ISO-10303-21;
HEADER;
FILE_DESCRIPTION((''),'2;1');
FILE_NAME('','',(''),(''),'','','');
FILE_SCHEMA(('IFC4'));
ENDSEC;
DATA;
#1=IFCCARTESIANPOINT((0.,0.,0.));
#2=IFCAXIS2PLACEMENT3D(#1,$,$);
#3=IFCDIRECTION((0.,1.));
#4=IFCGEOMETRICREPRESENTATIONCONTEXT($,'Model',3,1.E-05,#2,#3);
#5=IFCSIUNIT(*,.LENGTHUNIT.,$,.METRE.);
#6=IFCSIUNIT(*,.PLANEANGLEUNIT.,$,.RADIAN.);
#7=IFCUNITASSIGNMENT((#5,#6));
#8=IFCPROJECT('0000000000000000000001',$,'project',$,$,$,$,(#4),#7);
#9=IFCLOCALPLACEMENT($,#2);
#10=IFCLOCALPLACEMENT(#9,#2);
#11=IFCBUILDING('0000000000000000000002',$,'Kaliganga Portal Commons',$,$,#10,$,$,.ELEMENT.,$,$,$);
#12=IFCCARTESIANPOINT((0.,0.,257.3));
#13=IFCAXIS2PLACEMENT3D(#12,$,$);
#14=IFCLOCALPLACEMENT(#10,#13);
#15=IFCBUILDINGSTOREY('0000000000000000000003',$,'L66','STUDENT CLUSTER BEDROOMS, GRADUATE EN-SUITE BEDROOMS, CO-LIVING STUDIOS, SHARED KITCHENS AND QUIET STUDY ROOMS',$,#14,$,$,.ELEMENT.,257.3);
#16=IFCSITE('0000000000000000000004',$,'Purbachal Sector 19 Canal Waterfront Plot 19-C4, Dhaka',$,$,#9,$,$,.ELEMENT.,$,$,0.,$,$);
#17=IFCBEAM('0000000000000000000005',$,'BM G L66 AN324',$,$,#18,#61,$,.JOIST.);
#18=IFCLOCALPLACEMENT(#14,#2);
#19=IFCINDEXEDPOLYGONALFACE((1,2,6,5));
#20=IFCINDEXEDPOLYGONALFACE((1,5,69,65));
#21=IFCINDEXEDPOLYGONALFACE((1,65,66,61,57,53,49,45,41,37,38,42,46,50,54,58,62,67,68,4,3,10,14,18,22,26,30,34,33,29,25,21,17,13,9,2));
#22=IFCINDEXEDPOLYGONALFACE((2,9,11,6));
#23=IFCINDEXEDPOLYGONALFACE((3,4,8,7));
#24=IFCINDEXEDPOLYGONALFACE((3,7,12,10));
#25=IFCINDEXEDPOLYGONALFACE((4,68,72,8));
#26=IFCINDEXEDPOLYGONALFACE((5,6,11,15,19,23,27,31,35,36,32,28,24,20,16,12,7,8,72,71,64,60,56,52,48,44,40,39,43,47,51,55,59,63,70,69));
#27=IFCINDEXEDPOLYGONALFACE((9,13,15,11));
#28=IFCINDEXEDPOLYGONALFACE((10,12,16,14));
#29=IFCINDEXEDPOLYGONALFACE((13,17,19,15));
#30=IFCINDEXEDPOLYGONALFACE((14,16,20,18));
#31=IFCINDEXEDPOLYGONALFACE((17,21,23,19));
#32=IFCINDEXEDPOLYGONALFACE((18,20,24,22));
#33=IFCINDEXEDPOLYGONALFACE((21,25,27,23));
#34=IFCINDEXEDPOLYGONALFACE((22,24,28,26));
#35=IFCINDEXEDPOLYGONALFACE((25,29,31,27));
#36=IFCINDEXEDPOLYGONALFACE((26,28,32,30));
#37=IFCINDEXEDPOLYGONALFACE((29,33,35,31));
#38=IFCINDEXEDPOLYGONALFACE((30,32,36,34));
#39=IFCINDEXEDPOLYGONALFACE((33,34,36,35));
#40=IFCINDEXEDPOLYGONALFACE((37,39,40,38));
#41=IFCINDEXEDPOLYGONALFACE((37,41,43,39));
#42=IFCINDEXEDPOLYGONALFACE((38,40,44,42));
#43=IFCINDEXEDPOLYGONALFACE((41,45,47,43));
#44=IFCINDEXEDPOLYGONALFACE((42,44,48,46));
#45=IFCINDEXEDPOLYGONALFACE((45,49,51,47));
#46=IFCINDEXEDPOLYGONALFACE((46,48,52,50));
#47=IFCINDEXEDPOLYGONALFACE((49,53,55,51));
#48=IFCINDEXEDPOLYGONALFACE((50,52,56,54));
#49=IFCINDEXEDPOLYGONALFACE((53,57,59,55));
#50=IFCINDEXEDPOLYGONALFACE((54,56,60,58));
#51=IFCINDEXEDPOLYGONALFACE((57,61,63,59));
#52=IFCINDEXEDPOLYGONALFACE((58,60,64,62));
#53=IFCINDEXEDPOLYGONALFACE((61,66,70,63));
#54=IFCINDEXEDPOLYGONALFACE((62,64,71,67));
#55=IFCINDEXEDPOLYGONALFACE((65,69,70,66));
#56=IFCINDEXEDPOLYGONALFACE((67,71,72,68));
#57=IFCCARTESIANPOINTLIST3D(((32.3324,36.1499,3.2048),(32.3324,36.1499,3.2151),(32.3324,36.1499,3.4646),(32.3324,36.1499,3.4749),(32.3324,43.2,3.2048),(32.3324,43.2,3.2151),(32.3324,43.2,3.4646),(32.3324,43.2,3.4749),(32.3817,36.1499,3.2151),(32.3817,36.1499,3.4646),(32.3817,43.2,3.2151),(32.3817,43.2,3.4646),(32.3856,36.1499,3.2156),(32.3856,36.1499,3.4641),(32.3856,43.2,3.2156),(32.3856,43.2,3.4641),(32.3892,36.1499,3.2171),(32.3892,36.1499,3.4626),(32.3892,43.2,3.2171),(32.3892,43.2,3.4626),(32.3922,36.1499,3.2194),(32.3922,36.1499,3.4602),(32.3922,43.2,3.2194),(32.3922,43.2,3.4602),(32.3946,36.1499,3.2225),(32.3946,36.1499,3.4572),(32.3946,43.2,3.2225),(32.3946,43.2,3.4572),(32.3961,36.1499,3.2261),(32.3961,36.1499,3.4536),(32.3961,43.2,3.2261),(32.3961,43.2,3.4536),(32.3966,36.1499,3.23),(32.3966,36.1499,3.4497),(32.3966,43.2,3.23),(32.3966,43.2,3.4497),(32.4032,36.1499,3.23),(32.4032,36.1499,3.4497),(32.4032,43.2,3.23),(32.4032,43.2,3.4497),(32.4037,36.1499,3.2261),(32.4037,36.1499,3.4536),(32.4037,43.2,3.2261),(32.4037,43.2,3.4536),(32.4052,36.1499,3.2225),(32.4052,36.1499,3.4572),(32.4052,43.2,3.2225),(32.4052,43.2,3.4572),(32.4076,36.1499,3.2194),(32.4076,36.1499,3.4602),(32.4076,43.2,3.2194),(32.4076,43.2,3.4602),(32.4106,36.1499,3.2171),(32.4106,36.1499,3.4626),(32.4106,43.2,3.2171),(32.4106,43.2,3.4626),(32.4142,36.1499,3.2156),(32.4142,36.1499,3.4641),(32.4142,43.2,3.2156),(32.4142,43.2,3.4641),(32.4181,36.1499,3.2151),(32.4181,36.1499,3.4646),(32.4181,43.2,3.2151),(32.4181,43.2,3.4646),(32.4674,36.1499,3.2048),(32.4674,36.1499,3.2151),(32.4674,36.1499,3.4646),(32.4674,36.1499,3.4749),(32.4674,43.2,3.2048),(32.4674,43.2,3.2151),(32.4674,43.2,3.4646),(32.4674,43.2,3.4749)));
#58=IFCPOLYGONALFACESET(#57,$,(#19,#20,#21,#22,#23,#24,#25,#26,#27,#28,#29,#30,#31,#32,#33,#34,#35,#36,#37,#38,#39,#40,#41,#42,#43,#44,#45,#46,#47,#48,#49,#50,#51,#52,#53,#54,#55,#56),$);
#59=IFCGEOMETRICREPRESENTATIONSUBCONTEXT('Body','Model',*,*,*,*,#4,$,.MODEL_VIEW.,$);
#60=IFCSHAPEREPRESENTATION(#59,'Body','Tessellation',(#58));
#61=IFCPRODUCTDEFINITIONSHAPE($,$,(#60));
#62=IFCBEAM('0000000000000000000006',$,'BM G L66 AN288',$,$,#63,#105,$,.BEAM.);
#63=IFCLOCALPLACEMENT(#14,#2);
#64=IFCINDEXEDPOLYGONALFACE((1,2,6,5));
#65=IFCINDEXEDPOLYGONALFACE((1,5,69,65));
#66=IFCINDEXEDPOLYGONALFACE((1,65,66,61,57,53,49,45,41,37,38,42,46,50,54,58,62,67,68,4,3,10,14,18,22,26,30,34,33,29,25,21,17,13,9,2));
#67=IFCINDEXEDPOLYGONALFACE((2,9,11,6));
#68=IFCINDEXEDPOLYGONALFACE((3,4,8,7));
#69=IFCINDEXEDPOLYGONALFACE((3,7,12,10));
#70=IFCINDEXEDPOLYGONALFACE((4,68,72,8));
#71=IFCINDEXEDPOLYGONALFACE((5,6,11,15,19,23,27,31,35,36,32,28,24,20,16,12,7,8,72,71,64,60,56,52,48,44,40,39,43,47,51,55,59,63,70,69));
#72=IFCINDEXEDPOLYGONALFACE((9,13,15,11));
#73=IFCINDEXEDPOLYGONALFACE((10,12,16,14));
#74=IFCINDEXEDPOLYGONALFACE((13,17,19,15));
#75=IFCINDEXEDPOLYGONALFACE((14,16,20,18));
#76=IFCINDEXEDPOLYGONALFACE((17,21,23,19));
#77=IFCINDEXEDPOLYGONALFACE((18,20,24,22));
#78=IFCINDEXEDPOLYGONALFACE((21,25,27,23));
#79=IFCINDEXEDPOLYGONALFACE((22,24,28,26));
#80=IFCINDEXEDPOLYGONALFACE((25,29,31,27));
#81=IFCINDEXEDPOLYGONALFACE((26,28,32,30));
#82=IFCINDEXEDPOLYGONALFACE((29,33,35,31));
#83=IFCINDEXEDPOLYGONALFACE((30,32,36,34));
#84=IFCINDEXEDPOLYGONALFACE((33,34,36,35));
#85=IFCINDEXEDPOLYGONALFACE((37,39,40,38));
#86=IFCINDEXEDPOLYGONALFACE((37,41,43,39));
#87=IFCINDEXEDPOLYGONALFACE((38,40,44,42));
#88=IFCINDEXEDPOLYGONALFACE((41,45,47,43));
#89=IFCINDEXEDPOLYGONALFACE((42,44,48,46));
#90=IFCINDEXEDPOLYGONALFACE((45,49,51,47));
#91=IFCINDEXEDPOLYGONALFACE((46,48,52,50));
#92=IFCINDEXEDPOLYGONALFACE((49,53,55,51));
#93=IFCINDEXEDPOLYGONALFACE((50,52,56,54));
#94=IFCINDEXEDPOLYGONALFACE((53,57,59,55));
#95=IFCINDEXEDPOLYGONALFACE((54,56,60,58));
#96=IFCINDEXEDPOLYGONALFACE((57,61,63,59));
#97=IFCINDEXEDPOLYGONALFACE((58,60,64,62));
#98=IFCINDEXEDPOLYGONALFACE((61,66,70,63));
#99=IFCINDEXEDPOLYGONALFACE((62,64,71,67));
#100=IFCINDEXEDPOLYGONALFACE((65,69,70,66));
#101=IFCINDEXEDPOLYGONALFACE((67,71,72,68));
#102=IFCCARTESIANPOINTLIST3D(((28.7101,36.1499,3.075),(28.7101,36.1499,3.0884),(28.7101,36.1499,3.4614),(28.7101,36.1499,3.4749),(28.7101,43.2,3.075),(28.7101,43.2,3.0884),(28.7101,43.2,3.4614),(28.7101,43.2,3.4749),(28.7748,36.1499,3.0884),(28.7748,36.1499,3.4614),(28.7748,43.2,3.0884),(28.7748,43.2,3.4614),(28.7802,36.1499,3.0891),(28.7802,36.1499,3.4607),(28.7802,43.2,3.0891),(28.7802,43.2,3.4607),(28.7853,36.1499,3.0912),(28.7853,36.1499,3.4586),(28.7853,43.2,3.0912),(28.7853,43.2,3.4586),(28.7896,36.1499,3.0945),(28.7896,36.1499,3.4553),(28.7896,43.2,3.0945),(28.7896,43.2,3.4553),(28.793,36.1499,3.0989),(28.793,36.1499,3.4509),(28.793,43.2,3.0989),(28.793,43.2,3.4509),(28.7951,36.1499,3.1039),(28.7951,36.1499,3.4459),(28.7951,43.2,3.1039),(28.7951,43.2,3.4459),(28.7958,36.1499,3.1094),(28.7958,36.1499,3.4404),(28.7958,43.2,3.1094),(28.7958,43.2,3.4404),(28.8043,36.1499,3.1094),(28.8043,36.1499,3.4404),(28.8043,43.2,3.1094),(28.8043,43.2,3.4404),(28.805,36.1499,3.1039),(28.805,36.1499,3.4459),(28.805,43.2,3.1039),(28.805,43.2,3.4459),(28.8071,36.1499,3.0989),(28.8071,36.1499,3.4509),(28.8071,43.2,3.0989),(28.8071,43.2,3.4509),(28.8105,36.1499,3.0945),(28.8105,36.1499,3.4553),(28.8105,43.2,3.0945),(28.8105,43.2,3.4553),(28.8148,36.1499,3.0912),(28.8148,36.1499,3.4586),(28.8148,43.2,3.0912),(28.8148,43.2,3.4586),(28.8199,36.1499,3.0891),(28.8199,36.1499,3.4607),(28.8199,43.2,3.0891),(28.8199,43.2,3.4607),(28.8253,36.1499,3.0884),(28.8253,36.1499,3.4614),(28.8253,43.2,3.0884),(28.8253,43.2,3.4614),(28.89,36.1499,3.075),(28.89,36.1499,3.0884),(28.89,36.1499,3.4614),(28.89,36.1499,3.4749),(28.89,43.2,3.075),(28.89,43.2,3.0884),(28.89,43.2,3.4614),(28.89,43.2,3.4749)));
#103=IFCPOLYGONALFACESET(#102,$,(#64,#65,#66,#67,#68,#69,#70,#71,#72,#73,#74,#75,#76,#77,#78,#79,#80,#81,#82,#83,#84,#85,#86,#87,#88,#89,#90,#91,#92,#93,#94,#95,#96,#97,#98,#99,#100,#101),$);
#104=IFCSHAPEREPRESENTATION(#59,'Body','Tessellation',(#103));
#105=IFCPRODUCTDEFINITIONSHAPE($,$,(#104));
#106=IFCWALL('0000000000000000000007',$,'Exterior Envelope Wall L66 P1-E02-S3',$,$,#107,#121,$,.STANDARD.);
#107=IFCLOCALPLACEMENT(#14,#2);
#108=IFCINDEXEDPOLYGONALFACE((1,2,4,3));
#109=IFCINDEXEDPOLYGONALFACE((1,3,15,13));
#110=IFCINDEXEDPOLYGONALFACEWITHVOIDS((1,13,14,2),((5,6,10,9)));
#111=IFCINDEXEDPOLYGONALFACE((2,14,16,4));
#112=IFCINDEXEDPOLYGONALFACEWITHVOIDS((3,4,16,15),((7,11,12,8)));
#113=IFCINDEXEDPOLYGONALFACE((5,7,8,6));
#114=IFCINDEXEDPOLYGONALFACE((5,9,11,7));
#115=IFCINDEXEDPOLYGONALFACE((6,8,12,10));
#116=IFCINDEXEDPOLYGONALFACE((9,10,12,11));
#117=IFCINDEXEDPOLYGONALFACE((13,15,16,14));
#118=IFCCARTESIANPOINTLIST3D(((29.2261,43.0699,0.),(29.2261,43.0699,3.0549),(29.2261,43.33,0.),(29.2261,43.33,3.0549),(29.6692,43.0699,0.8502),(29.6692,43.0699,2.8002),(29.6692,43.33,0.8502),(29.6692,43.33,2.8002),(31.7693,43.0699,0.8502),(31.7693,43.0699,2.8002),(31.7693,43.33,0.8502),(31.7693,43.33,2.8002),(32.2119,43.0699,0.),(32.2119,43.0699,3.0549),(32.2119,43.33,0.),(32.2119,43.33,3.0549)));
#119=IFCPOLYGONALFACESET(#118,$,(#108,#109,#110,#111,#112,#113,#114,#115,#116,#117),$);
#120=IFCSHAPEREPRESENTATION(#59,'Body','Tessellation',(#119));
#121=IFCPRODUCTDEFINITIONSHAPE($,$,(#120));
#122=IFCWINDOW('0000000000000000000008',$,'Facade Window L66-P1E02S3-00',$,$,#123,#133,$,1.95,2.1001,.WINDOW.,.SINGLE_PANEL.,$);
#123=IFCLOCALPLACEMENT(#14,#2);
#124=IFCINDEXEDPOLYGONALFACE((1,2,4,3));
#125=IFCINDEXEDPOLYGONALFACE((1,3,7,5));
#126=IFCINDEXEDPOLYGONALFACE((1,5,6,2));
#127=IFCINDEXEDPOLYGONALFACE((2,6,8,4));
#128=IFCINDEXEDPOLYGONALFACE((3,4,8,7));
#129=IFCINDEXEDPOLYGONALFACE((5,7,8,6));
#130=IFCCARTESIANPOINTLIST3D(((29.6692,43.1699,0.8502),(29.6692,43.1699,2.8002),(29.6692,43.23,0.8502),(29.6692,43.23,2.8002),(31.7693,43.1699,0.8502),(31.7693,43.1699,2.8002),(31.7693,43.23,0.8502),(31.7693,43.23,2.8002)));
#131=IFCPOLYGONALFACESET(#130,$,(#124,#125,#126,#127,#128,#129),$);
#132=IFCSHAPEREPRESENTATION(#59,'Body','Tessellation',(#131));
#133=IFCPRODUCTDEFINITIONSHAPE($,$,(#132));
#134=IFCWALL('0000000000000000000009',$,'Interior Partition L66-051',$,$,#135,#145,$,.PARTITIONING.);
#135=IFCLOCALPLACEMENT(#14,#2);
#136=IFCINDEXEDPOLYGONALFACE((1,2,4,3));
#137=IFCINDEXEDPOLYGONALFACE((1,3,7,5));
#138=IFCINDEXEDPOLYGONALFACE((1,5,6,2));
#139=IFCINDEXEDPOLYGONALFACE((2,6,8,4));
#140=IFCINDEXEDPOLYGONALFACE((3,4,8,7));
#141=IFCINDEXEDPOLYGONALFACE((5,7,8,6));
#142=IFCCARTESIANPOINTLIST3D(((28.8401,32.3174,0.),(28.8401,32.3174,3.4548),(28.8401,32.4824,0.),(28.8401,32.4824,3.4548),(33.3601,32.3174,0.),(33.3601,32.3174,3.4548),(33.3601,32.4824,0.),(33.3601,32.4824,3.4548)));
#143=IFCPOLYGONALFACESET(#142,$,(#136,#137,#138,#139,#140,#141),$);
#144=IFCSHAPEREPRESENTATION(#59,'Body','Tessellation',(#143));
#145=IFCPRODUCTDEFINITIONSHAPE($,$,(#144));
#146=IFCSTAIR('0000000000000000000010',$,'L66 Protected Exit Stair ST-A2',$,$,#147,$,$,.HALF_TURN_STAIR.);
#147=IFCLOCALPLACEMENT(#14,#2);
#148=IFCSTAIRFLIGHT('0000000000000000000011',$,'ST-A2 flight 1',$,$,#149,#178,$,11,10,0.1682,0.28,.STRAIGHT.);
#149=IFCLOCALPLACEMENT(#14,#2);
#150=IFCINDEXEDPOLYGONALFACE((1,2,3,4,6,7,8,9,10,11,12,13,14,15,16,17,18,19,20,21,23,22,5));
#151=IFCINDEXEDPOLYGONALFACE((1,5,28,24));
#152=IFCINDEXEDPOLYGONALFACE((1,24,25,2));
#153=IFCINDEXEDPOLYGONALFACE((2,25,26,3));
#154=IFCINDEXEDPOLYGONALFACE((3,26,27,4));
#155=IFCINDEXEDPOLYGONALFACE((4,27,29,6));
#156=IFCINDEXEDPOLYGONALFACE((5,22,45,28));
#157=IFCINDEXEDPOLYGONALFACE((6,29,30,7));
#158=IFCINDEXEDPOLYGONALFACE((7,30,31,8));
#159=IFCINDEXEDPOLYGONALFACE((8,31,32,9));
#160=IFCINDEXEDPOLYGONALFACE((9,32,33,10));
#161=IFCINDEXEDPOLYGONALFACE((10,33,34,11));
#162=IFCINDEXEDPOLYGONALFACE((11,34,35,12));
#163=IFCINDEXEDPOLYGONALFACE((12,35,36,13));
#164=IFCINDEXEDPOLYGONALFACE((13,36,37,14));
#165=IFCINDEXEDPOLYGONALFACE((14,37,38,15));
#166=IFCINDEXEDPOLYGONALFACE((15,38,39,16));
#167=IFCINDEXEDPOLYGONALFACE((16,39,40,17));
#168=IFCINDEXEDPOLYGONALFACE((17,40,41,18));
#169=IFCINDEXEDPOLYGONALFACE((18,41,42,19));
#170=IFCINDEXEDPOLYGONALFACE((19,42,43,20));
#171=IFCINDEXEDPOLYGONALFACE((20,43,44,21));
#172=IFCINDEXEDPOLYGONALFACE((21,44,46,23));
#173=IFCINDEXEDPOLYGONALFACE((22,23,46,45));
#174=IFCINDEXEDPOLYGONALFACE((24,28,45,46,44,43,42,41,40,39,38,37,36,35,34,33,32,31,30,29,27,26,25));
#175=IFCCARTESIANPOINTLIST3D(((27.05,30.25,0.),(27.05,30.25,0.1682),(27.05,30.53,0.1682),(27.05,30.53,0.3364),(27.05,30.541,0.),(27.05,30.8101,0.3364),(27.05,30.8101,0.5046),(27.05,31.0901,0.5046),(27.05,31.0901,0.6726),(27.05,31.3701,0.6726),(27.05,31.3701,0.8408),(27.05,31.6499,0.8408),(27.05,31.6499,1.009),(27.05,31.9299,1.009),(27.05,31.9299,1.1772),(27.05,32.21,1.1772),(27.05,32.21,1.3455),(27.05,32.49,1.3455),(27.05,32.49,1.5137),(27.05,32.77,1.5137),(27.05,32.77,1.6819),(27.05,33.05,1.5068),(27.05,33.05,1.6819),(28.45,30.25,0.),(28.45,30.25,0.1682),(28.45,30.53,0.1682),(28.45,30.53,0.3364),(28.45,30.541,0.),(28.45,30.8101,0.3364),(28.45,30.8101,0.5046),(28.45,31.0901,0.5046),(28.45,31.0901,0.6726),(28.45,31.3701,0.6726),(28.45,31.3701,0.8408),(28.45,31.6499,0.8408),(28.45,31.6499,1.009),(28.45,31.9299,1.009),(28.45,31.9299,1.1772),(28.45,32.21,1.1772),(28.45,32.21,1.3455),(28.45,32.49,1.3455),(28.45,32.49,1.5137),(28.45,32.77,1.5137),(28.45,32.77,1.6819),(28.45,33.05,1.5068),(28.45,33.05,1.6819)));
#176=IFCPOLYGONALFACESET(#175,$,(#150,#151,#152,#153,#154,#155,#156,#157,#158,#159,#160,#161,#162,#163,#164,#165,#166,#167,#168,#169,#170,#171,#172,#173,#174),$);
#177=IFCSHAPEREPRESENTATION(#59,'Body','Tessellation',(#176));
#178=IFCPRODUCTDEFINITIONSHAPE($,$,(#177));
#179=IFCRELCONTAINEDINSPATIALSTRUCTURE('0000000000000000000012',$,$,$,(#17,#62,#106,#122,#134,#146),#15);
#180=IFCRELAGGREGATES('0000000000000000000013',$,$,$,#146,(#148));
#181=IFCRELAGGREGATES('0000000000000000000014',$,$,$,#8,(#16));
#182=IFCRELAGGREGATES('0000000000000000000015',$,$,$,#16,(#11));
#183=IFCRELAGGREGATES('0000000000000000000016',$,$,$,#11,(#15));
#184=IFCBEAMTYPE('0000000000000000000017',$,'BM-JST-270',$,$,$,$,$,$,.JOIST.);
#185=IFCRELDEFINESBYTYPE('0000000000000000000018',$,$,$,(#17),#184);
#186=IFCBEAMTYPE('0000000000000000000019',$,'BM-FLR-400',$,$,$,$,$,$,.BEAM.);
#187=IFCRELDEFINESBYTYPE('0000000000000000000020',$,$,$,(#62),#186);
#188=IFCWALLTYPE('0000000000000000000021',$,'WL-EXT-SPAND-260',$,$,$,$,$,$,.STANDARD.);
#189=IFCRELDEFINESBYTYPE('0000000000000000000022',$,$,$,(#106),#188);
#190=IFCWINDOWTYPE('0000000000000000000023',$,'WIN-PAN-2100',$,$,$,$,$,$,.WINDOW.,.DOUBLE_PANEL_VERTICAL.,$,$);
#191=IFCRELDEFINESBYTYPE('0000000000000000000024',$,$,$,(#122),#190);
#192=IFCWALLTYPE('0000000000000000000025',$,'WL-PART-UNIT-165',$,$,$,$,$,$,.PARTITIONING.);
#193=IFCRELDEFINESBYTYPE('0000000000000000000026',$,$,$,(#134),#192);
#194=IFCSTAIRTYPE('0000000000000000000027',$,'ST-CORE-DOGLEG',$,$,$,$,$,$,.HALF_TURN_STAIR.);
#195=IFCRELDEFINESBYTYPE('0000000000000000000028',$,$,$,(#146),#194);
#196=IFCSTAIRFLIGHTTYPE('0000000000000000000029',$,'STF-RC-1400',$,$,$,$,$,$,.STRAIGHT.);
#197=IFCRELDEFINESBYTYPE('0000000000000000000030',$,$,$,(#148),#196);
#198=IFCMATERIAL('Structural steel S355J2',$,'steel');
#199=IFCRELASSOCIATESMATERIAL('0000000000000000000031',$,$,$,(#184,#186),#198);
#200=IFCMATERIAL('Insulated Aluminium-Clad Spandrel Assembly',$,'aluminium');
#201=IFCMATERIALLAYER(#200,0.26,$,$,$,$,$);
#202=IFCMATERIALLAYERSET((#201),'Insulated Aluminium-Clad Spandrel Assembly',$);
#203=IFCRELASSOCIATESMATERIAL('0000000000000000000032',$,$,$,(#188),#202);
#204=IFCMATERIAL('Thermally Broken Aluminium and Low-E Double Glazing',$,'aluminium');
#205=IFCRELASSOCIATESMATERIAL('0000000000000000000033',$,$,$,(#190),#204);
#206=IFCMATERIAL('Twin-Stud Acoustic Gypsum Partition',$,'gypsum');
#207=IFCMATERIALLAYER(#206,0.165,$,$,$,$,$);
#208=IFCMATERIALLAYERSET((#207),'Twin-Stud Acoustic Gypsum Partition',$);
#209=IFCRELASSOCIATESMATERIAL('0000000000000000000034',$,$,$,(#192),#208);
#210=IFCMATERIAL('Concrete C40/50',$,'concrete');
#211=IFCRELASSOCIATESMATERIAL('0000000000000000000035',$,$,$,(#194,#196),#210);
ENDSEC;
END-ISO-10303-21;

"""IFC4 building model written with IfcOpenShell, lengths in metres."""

from ifc_helpers import new_model, si_unit, direction, frame, frame_2d, origin, origin_2d, place, context, subcontext, project, spatial, polyline, rectangle, i_section, outline, extrude, source, transform, mapped, material, layer, layer_set, material_profile, profile_set, type_object, element, fill, aggregate, save


model = new_model("IFC4")

# Units and contexts
model_context = context("Model", 3, precision=1e-05, world=origin(), true_north=direction((0.0, 1.0)))
body_context = subcontext(model_context, "Body", "Model", "MODEL_VIEW")
ifc_project = project(units=[si_unit("LENGTHUNIT", "METRE"), si_unit("PLANEANGLEUNIT", "RADIAN")], contexts=[model_context])

# Site, building, storey
site_placement = place(None, origin())
site = spatial("IfcSite", under=ifc_project, at=site_placement, Name="Purbachal Sector 19 Canal Waterfront Plot 19-C4, Dhaka", CompositionType="ELEMENT", RefElevation=0.0)
building_placement = place(site_placement, origin())
building = spatial("IfcBuilding", under=site, at=building_placement, Name="Kaliganga Portal Commons", CompositionType="ELEMENT")
storey_placement = place(building_placement, frame((0.0, 0.0, 257.3)))
storey = spatial("IfcBuildingStorey", under=building, at=storey_placement, Name="L66", Description="STUDENT CLUSTER BEDROOMS, GRADUATE EN-SUITE BEDROOMS, CO-LIVING STUDIOS, SHARED KITCHENS AND QUIET STUDY ROOMS", CompositionType="ELEMENT", Elevation=257.3)

# Shared definitions
ifc_material_1 = material(Name="Structural steel S355J2", Category="steel")

# Beams
ifc_material_profile_1 = material_profile(ifc_material_1, i_section(OverallWidth=0.135, OverallDepth=0.27, WebThickness=0.0066, FlangeThickness=0.0103, FilletRadius=0.0149, at=origin_2d()), Name="IPE 270")
ifc_profile_set_1 = profile_set([ifc_material_profile_1], Name="Structural steel S355J2 wide-flange")
beam_type_1 = type_object("IfcBeamType", Name="BM-JST-270", PredefinedType="JOIST", material=ifc_profile_set_1)
shared_shape_1 = source(origin(), body_context, "Body", "SweptSolid", [
    extrude(i_section(OverallWidth=0.135, OverallDepth=0.27, WebThickness=0.0066, FlangeThickness=0.0103, FilletRadius=0.0149, at=origin_2d()), origin(), (0.0, 0.0, 1.0), 7.05),
])
beam_1_placement = place(storey_placement, frame((32.3999, 36.1499, 3.3398), z_axis=(0.0, 1.0, 0.0), x_axis=(-1.0, 0.0, 0.0)))
element("IfcBeam", 1, at=beam_1_placement, inside=storey, type_object=beam_type_1, Name="BM G L66 AN324", PredefinedType="JOIST", context=body_context, shape_type="MappedRepresentation", body=[
    mapped(shared_shape_1, transform((0.0, 0.0, 0.0), x_axis=(1.0, 0.0, 0.0), y_axis=(0.0, 1.0, 0.0), z_axis=(0.0, 0.0, 1.0), scale=1.0)),
])
ifc_material_profile_2 = material_profile(ifc_material_1, i_section(OverallWidth=0.1799, OverallDepth=0.3999, WebThickness=0.0085, FlangeThickness=0.0134, FilletRadius=0.021, at=origin_2d()), Name="IPE 400")
ifc_profile_set_2 = profile_set([ifc_material_profile_2], Name="Structural steel S355J2 wide-flange")
beam_type_2 = type_object("IfcBeamType", Name="BM-FLR-400", PredefinedType="BEAM", material=ifc_profile_set_2)
shared_shape_2 = source(origin(), body_context, "Body", "SweptSolid", [
    extrude(i_section(OverallWidth=0.1799, OverallDepth=0.3999, WebThickness=0.0085, FlangeThickness=0.0134, FilletRadius=0.021, at=origin_2d()), origin(), (0.0, 0.0, 1.0), 7.05),
])
beam_2_placement = place(storey_placement, frame((28.8, 36.1499, 3.2749), z_axis=(0.0, 1.0, 0.0), x_axis=(-1.0, 0.0, 0.0)))
element("IfcBeam", 2, at=beam_2_placement, inside=storey, type_object=beam_type_2, Name="BM G L66 AN288", PredefinedType="BEAM", context=body_context, shape_type="MappedRepresentation", body=[
    mapped(shared_shape_2, transform((0.0, 0.0, 0.0), x_axis=(1.0, 0.0, 0.0), y_axis=(0.0, 1.0, 0.0), z_axis=(0.0, 0.0, 1.0), scale=1.0)),
])

# Wall, opening, window
ifc_material_2 = material(Name="Insulated Aluminium-Clad Spandrel Assembly", Category="aluminium")
ifc_layer_1 = layer(ifc_material_2, 0.26)
ifc_layer_set_1 = layer_set([ifc_layer_1], Name="Insulated Aluminium-Clad Spandrel Assembly")
wall_type_1 = type_object("IfcWallType", Name="WL-EXT-SPAND-260", PredefinedType="STANDARD", material=ifc_layer_set_1)
wall_1_placement = place(storey_placement, frame((29.2261, 43.2, 0.0), z_axis=(0.0, 0.0, 1.0), x_axis=(1.0, 0.0, 0.0)))
wall_1 = element("IfcWall", 3, at=wall_1_placement, inside=storey, type_object=wall_type_1, Name="Exterior Envelope Wall L66 P1-E02-S3", PredefinedType="STANDARD", context=body_context, shape_type="SweptSolid", body=[
    extrude(rectangle(XDim=2.9858, YDim=0.26, at=frame_2d((1.4929, 0.0))), origin(), (0.0, 0.0, 1.0), 3.0549),
])
opening_1_placement = place(wall_1_placement, frame((0.4431, 0.0, 0.8501)))
opening_1 = element("IfcOpeningElement", 4, at=opening_1_placement, cuts=wall_1, PredefinedType="OPENING", context=body_context, shape_type="SweptSolid", body=[
    extrude(rectangle(XDim=2.1001, YDim=1.95, at=frame_2d((1.05, 0.9751))), frame((0.0, 0.1401, 0.0), z_axis=(0.0, -1.0, 0.0), x_axis=(1.0, 0.0, 0.0)), (0.0, 0.0, 1.0), 0.28),
])
ifc_material_3 = material(Name="Thermally Broken Aluminium and Low-E Double Glazing", Category="aluminium")
window_type = type_object("IfcWindowType", Name="WIN-PAN-2100", PartitioningType="DOUBLE_PANEL_VERTICAL", PredefinedType="WINDOW", material=ifc_material_3)
window_placement = place(opening_1_placement, origin())
window = element("IfcWindow", 5, at=window_placement, inside=storey, type_object=window_type, Name="Facade Window L66-P1E02S3-00", OverallHeight=1.95, OverallWidth=2.1001, PartitioningType="SINGLE_PANEL", PredefinedType="WINDOW", context=body_context, shape_type="SweptSolid", body=[
    extrude(rectangle(XDim=2.1001, YDim=1.95, at=frame_2d((1.05, 0.9751))), frame((0.0, 0.03, 0.0), z_axis=(0.0, -1.0, 0.0), x_axis=(1.0, 0.0, 0.0)), (0.0, 0.0, 1.0), 0.0601),
])
fill(opening_1, window)

# Wall
ifc_material_4 = material(Name="Twin-Stud Acoustic Gypsum Partition", Category="gypsum")
ifc_layer_2 = layer(ifc_material_4, 0.165)
ifc_layer_set_2 = layer_set([ifc_layer_2], Name="Twin-Stud Acoustic Gypsum Partition")
wall_type_2 = type_object("IfcWallType", Name="WL-PART-UNIT-165", PredefinedType="PARTITIONING", material=ifc_layer_set_2)
wall_2_placement = place(storey_placement, frame((28.8401, 32.3999, 0.0), z_axis=(0.0, 0.0, 1.0), x_axis=(1.0, 0.0, 0.0)))
element("IfcWall", 6, at=wall_2_placement, inside=storey, type_object=wall_type_2, Name="Interior Partition L66-051", PredefinedType="PARTITIONING", context=body_context, shape_type="SweptSolid", body=[
    extrude(rectangle(XDim=4.52, YDim=0.165, at=frame_2d((2.26, 0.0))), origin(), (0.0, 0.0, 1.0), 3.4548),
])

# Stair, stair flight
ifc_material_5 = material(Name="Concrete C40/50", Category="concrete")
stair_type = type_object("IfcStairType", Name="ST-CORE-DOGLEG", PredefinedType="HALF_TURN_STAIR", material=ifc_material_5)
stair_placement = place(storey_placement, origin())
stair = element("IfcStair", 7, at=stair_placement, inside=storey, type_object=stair_type, Name="L66 Protected Exit Stair ST-A2", PredefinedType="HALF_TURN_STAIR")
stair_flight_type = type_object("IfcStairFlightType", Name="STF-RC-1400", PredefinedType="STRAIGHT", material=ifc_material_5)
stair_flight_1_placement = place(storey_placement, frame((27.75, 30.25, 0.0), z_axis=(0.0, 0.0, 1.0), x_axis=(0.0, 1.0, 0.0)))
stair_flight_1 = element("IfcStairFlight", 8, at=stair_flight_1_placement, type_object=stair_flight_type, Name="ST-A2 flight 1", NumberOfRisers=11, NumberOfTreads=10, PredefinedType="STRAIGHT", RiserHeight=0.1682, TreadLength=0.28, context=body_context, shape_type="SweptSolid", body=[
    extrude(outline(polyline([(0.0, 0.0), (0.0, 0.1682), (0.28, 0.1682), (0.28, 0.3364), (0.5601, 0.3364), (0.5601, 0.5046), (0.8401, 0.5046), (0.8401, 0.6726), (1.1201, 0.6726), (1.1201, 0.8408), (1.3999, 0.8408), (1.3999, 1.009), (1.6799, 1.009), (1.6799, 1.1772), (1.96, 1.1772), (1.96, 1.3455), (2.24, 1.3455), (2.24, 1.5137), (2.52, 1.5137), (2.52, 1.6819), (2.8, 1.6819), (2.8, 1.8501), (2.8, 1.5068), (0.291, 0.0), (0.0, 0.0)])), frame((0.0, 0.7, 0.0), z_axis=(0.0, -1.0, 0.0), x_axis=(1.0, 0.0, 0.0)), (0.0, 0.0, 1.0), 1.3999),
])
aggregate(stair, [stair_flight_1])

save(model, "model.ifc")
